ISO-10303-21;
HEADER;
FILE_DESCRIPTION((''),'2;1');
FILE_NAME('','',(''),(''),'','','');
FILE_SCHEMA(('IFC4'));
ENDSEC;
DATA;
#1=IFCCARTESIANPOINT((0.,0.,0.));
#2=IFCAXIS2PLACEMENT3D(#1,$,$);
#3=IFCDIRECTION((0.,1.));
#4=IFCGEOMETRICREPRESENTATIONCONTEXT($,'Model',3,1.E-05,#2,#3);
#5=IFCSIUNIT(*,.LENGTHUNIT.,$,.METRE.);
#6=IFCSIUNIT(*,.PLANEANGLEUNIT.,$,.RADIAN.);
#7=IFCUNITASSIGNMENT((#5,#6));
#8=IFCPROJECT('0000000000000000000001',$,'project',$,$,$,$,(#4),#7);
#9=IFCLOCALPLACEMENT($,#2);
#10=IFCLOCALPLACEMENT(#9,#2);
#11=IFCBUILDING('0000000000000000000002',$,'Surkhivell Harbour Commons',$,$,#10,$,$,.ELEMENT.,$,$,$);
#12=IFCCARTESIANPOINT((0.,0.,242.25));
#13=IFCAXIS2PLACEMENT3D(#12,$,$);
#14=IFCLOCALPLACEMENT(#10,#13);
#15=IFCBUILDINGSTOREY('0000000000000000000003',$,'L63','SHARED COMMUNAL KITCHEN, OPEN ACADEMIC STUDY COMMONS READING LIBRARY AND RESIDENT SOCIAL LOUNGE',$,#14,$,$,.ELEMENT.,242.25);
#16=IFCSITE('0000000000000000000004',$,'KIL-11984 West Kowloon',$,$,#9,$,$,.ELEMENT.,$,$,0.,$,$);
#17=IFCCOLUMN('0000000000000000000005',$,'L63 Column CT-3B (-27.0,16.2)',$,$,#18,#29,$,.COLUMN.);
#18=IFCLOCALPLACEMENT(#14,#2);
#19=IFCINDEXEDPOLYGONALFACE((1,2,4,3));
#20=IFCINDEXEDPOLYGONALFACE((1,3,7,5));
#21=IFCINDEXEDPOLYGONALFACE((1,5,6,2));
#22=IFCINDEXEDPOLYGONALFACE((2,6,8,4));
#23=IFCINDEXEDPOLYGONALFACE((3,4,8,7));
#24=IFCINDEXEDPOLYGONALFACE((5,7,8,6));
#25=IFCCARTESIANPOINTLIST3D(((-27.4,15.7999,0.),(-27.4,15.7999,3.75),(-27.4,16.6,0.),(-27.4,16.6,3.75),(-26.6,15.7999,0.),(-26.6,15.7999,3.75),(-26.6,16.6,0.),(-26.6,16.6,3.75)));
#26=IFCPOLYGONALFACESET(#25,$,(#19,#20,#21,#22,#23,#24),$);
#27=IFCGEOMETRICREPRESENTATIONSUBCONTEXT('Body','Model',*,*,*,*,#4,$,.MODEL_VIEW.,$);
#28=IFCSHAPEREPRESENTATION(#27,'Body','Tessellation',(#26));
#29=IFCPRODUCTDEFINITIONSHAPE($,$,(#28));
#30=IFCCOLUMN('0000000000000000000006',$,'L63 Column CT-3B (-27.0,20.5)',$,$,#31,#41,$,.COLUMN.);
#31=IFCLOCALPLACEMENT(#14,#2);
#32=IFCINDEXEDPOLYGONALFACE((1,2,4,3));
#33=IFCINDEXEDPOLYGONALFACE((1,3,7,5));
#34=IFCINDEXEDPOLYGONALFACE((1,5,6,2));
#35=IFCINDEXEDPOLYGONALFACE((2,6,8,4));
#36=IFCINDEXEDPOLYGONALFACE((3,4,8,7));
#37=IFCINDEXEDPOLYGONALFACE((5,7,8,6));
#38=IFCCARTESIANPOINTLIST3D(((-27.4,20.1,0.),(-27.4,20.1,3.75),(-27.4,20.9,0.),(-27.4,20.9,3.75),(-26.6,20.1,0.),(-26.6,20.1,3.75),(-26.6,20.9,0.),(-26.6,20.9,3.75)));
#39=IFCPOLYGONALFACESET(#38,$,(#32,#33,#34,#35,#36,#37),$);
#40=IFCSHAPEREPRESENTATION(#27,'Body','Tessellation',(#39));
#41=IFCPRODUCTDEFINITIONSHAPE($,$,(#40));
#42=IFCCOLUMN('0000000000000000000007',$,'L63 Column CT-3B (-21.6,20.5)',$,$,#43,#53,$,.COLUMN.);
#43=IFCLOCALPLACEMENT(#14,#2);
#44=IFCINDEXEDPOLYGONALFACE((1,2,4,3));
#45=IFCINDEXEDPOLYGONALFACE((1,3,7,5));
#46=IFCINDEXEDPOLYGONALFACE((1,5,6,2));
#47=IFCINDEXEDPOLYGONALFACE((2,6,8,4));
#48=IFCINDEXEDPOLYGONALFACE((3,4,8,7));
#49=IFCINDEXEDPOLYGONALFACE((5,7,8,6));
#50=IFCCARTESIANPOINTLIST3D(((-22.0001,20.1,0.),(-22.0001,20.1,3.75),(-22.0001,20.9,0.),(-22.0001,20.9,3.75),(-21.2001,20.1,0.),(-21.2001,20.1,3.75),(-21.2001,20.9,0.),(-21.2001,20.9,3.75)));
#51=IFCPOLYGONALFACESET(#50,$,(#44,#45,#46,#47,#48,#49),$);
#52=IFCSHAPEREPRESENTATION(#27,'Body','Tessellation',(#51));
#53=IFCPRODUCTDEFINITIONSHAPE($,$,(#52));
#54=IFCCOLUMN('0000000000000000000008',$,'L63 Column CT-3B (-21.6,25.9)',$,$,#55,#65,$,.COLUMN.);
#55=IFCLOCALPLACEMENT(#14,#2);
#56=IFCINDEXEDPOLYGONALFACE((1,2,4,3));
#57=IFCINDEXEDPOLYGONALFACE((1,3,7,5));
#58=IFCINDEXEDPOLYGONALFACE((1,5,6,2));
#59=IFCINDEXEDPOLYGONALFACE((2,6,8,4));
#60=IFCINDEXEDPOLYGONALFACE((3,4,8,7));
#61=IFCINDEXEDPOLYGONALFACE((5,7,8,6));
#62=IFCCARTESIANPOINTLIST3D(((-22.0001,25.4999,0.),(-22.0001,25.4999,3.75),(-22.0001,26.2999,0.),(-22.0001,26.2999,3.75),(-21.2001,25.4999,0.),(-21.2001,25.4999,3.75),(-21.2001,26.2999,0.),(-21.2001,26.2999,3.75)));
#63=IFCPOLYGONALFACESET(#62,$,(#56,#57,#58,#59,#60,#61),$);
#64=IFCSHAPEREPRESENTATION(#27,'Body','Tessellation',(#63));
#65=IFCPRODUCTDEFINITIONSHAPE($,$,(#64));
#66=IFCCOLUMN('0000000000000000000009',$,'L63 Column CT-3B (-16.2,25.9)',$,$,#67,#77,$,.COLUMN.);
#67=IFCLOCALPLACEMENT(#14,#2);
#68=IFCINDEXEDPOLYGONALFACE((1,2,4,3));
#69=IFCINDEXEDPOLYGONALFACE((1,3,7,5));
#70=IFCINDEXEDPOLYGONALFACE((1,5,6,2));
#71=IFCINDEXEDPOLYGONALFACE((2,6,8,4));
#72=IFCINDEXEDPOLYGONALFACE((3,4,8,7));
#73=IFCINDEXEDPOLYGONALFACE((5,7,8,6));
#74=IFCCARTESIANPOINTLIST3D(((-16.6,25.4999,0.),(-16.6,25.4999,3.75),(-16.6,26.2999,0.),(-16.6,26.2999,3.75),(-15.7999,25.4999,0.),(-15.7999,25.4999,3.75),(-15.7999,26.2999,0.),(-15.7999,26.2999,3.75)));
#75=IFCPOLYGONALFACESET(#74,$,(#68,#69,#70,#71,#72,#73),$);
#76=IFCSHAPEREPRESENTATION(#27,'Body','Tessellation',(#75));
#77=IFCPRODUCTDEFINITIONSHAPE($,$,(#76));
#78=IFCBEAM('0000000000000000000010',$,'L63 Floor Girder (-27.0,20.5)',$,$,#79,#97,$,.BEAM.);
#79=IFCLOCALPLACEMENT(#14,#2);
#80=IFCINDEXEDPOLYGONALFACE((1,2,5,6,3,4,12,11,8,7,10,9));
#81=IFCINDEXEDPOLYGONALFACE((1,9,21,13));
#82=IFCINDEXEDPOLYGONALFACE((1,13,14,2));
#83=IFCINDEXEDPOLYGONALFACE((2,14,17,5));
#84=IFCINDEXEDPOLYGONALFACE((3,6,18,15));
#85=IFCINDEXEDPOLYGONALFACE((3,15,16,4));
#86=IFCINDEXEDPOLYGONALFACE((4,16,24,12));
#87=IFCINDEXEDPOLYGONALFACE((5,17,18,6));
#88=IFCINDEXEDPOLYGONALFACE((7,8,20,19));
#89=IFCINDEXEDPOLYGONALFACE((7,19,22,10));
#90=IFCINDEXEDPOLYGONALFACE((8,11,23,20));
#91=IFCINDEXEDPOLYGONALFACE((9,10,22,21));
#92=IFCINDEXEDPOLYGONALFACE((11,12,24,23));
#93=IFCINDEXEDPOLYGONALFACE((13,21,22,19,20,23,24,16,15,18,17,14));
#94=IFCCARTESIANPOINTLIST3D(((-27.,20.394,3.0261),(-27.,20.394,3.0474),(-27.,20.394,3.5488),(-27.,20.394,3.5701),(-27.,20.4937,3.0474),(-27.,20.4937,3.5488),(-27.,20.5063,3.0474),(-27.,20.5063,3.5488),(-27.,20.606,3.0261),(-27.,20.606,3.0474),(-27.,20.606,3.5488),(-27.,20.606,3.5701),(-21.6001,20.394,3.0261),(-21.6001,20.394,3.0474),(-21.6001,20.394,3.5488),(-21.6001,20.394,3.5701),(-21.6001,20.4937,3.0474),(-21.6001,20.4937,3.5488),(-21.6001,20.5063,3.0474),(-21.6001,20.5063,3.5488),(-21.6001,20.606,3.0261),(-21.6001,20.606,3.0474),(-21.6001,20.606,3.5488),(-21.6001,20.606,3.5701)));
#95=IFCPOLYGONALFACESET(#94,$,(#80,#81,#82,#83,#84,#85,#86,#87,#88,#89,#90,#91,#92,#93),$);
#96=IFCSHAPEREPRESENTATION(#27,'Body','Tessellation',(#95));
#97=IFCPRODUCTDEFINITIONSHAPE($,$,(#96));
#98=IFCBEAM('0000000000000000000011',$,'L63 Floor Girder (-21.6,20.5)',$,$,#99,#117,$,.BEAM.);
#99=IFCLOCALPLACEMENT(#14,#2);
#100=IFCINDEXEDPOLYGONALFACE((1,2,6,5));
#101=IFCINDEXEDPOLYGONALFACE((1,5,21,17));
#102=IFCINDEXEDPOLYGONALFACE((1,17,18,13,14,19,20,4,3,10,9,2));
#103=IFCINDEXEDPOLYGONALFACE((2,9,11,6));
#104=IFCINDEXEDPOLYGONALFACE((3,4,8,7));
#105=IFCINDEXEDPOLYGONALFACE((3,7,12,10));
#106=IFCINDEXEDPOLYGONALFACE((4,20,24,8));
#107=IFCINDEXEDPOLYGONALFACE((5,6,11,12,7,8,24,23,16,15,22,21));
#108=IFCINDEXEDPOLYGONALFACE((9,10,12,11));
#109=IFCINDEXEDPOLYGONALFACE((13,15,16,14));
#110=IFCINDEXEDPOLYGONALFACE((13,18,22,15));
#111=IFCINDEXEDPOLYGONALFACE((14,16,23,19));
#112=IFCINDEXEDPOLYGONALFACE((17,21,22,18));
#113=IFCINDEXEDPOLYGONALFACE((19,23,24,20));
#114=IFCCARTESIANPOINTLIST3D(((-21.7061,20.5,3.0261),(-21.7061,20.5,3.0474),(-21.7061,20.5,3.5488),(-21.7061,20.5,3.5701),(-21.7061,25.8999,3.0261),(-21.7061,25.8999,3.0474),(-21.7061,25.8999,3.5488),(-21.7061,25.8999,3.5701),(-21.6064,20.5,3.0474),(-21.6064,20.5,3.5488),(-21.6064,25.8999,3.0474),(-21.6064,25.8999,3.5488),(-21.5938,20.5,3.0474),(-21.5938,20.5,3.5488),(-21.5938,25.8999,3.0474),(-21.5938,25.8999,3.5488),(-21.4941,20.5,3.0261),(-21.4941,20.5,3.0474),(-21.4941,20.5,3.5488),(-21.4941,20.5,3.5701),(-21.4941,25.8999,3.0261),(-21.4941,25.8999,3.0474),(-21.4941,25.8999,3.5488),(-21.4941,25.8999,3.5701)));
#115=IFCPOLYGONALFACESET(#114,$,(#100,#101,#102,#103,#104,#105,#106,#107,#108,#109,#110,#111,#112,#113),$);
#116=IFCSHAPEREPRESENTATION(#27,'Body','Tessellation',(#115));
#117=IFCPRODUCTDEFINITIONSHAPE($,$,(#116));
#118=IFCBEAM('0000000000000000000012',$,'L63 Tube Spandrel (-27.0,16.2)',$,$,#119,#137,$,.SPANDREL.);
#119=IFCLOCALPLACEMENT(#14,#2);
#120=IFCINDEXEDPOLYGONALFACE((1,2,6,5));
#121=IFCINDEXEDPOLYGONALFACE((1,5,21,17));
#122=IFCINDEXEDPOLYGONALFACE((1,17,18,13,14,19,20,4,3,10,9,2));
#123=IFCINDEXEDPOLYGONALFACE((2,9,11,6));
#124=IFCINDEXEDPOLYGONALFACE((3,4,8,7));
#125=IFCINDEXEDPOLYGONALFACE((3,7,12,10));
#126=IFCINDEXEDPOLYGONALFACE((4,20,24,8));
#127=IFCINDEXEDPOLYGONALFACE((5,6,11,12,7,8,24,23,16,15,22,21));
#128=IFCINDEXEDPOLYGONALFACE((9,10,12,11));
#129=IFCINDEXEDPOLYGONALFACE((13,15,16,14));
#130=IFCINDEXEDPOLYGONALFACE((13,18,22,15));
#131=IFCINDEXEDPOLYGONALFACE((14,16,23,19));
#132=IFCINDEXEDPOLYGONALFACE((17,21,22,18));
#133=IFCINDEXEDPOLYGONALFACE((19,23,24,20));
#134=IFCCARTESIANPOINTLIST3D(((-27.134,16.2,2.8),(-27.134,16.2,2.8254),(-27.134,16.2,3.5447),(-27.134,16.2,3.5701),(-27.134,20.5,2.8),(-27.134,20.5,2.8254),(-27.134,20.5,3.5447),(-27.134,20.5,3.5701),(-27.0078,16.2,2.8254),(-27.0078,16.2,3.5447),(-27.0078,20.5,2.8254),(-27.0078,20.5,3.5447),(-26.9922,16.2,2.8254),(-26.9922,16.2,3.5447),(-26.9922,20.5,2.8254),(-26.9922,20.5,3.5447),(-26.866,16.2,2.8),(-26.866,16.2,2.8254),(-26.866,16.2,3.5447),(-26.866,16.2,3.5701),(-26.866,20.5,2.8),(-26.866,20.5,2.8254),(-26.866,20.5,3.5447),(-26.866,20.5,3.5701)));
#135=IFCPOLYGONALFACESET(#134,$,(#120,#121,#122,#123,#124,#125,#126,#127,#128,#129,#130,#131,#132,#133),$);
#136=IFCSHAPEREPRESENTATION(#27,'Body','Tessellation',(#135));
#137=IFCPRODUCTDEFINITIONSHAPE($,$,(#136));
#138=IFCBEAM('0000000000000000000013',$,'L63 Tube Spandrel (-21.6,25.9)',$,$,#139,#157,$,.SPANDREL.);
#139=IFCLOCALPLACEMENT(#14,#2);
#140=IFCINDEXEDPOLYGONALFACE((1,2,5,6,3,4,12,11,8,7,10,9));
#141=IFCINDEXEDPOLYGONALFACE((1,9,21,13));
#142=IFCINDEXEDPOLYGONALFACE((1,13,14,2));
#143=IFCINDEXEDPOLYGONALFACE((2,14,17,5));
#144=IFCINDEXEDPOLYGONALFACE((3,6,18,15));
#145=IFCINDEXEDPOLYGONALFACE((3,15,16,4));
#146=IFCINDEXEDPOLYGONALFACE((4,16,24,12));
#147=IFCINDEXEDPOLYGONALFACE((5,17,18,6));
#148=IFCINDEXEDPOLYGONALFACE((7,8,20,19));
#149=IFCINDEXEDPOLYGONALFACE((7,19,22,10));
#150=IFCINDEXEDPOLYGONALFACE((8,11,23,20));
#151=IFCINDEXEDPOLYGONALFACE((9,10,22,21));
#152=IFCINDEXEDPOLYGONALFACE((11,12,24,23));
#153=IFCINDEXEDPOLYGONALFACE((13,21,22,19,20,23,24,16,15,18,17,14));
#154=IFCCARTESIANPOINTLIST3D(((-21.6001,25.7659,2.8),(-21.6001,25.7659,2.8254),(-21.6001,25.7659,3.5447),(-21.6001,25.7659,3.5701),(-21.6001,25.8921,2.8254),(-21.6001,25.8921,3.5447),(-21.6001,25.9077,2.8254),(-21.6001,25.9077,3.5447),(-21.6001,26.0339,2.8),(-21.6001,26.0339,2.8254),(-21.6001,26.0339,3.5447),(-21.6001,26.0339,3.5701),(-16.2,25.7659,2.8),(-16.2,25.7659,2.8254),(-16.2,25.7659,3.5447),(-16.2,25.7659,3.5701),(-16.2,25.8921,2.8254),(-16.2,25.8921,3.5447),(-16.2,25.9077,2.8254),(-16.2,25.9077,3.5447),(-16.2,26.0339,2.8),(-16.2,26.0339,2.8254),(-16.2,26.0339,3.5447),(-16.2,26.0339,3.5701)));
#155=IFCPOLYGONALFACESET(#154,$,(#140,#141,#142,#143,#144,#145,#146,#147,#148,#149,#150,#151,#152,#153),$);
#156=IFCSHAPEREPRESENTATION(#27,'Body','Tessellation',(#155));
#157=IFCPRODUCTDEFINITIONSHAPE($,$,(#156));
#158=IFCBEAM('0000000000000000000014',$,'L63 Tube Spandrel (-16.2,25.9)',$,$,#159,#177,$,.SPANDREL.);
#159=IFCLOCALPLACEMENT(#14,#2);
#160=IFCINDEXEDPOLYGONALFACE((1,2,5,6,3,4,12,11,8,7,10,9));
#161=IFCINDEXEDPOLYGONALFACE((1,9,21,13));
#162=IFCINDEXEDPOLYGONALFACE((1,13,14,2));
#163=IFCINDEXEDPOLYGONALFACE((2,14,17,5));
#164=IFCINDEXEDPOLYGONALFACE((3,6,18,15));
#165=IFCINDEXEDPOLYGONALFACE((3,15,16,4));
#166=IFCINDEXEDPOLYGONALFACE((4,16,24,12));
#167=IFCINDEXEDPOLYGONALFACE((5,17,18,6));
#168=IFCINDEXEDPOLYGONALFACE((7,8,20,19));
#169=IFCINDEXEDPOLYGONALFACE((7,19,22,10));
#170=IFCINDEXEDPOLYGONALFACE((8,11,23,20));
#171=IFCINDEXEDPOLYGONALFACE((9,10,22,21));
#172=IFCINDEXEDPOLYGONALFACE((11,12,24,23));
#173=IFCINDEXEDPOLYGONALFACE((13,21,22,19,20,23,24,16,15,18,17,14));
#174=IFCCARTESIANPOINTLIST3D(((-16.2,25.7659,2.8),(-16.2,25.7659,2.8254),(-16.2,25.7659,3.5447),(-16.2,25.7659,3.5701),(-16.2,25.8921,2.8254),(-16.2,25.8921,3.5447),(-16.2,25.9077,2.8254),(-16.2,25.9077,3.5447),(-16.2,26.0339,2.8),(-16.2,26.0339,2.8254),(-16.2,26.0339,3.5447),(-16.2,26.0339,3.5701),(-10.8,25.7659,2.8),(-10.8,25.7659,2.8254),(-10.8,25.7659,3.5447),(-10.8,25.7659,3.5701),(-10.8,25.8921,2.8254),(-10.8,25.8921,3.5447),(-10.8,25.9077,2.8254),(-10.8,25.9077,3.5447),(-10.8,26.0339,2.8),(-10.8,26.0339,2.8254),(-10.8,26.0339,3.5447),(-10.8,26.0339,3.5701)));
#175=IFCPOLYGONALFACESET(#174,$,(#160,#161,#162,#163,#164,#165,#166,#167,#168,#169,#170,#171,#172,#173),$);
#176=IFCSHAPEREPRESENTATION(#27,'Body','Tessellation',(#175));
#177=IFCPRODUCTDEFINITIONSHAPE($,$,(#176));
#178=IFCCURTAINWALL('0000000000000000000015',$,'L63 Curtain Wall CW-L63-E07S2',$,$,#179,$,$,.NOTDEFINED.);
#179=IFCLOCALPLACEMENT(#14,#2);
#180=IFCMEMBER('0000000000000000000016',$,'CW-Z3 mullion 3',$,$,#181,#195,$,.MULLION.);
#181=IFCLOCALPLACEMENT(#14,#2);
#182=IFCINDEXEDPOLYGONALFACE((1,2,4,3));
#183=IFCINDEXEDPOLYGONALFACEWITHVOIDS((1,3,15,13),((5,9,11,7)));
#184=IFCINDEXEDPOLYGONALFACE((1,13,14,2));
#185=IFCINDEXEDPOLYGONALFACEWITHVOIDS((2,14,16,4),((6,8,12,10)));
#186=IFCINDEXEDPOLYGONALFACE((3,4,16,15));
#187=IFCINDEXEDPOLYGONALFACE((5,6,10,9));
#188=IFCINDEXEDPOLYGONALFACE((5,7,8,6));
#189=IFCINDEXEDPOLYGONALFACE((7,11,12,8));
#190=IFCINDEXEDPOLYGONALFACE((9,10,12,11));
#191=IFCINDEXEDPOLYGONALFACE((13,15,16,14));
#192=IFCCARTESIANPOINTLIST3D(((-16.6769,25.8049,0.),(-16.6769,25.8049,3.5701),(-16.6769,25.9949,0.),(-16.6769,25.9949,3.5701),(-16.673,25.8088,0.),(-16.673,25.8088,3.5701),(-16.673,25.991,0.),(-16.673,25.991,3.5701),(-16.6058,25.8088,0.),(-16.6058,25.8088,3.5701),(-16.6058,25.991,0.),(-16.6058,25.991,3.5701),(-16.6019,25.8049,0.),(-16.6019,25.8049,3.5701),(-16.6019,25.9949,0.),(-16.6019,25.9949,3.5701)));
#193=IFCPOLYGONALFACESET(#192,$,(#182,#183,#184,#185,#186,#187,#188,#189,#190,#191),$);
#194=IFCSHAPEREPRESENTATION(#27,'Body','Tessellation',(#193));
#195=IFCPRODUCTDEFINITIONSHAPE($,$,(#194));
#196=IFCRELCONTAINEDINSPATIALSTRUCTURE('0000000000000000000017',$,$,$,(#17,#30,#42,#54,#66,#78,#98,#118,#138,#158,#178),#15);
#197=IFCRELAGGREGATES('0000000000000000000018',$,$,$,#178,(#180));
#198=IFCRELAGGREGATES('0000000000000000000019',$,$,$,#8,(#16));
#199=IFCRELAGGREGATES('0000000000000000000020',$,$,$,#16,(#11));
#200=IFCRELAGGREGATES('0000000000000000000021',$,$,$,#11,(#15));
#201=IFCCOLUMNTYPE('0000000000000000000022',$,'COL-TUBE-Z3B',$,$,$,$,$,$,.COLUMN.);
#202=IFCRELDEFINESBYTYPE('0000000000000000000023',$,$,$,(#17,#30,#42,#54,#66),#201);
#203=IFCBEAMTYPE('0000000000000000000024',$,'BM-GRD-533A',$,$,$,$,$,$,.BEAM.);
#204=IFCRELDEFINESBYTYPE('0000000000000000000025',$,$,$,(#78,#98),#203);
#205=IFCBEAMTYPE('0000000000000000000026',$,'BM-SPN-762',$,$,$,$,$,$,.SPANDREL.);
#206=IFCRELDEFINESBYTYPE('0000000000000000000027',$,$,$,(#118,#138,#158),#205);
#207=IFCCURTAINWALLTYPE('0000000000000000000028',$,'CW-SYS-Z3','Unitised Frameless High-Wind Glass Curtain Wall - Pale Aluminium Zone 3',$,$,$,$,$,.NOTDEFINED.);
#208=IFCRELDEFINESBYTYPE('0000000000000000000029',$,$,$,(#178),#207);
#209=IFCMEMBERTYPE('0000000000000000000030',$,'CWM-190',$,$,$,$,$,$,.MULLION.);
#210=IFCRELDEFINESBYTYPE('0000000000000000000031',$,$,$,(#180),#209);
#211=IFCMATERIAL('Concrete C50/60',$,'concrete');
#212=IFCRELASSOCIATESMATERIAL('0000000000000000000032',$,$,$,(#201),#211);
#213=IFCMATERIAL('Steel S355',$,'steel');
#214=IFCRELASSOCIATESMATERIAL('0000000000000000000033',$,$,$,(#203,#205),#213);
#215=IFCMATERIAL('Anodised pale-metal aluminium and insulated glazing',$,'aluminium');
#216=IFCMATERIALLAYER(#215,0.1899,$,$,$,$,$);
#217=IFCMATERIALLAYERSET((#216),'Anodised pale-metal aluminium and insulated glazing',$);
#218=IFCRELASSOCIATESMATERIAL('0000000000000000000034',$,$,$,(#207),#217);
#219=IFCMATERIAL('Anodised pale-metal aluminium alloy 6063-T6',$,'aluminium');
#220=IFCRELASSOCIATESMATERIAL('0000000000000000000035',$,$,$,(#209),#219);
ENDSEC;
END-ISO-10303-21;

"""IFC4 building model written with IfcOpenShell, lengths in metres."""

from ifc_helpers import new_model, si_unit, direction, frame, origin, origin_2d, place, context, subcontext, project, spatial, rectangle, hollow_rectangle, i_section, extrude, material, layer, layer_set, material_profile, profile_set, type_object, element, aggregate, save


model = new_model("IFC4")

# Units and contexts
model_context = context("Model", 3, precision=1e-05, world=origin(), true_north=direction((0.0, 1.0)))
body_context = subcontext(model_context, "Body", "Model", "MODEL_VIEW")
ifc_project = project(units=[si_unit("LENGTHUNIT", "METRE"), si_unit("PLANEANGLEUNIT", "RADIAN")], contexts=[model_context])

# Site, building, storey
site_placement = place(None, origin())
site = spatial("IfcSite", under=ifc_project, at=site_placement, Name="KIL-11984 West Kowloon", CompositionType="ELEMENT", RefElevation=0.0)
building_placement = place(site_placement, origin())
building = spatial("IfcBuilding", under=site, at=building_placement, Name="Surkhivell Harbour Commons", CompositionType="ELEMENT")
storey_placement = place(building_placement, frame((0.0, 0.0, 242.25)))
storey = spatial("IfcBuildingStorey", under=building, at=storey_placement, Name="L63", Description="SHARED COMMUNAL KITCHEN, OPEN ACADEMIC STUDY COMMONS READING LIBRARY AND RESIDENT SOCIAL LOUNGE", CompositionType="ELEMENT", Elevation=242.25)

# Columns
ifc_material_1 = material(Name="Concrete C50/60", Category="concrete")
ifc_material_profile_1 = material_profile(ifc_material_1, rectangle(XDim=0.8, YDim=0.8, at=origin_2d()), Name="RC-COL-800x800")
ifc_profile_set_1 = profile_set([ifc_material_profile_1], Name="Concrete C50/60")
column_type = type_object("IfcColumnType", Name="COL-TUBE-Z3B", PredefinedType="COLUMN", material=ifc_profile_set_1)
for number, where, z_axis, x_axis, name in (
    (1, (-27.0, 16.2, 0.0), (0.0, 0.0, 1.0), (1.0, 0.0, 0.0), "L63 Column CT-3B (-27.0,16.2)"),
    (2, (-27.0, 20.5, 0.0), (0.0, 0.0, 1.0), (1.0, 0.0, 0.0), "L63 Column CT-3B (-27.0,20.5)"),
    (3, (-21.6001, 20.5, 0.0), (0.0, 0.0, 1.0), (1.0, 0.0, 0.0), "L63 Column CT-3B (-21.6,20.5)"),
    (4, (-21.6001, 25.8999, 0.0), (0.0, 0.0, 1.0), (1.0, 0.0, 0.0), "L63 Column CT-3B (-21.6,25.9)"),
    (5, (-16.2, 25.8999, 0.0), (0.0, 0.0, 1.0), (1.0, 0.0, 0.0), "L63 Column CT-3B (-16.2,25.9)"),
):
    element("IfcColumn", number, at=place(storey_placement, frame(where, z_axis=z_axis, x_axis=x_axis)), inside=storey, type_object=column_type, Name=name, PredefinedType="COLUMN", context=body_context, shape_type="SweptSolid", body=[
        extrude(rectangle(XDim=0.8, YDim=0.8, at=origin_2d()), origin(), (0.0, 0.0, 1.0), 3.75),
    ])

# Beams
ifc_material_2 = material(Name="Steel S355", Category="steel")
ifc_material_profile_2 = material_profile(ifc_material_2, i_section(OverallWidth=0.2119, OverallDepth=0.5439, WebThickness=0.0127, FlangeThickness=0.0212, at=origin_2d()), Name="UB533x210x122")
ifc_profile_set_2 = profile_set([ifc_material_profile_2], Name="Steel S355")
beam_type_1 = type_object("IfcBeamType", Name="BM-GRD-533A", PredefinedType="BEAM", material=ifc_profile_set_2)
for number, where, z_axis, x_axis, name in (
    (6, (-27.0, 20.5, 3.2981), (1.0, 0.0, 0.0), (0.0, 1.0, 0.0), "L63 Floor Girder (-27.0,20.5)"),
    (7, (-21.6001, 20.5, 3.2981), (0.0, 1.0, 0.0), (-1.0, 0.0, 0.0), "L63 Floor Girder (-21.6,20.5)"),
):
    element("IfcBeam", number, at=place(storey_placement, frame(where, z_axis=z_axis, x_axis=x_axis)), inside=storey, type_object=beam_type_1, Name=name, PredefinedType="BEAM", context=body_context, shape_type="SweptSolid", body=[
        extrude(i_section(OverallWidth=0.2119, OverallDepth=0.5439, WebThickness=0.0127, FlangeThickness=0.0212, at=origin_2d()), origin(), (0.0, 0.0, 1.0), 5.3999),
    ])
ifc_material_profile_3 = material_profile(ifc_material_2, i_section(OverallWidth=0.2681, OverallDepth=0.77, WebThickness=0.0156, FlangeThickness=0.0254, at=origin_2d()), Name="UB762x267x197")
ifc_profile_set_3 = profile_set([ifc_material_profile_3], Name="Steel S355")
beam_type_2 = type_object("IfcBeamType", Name="BM-SPN-762", PredefinedType="SPANDREL", material=ifc_profile_set_3)
beam_1_placement = place(storey_placement, frame((-27.0, 16.2, 3.1851), z_axis=(0.0, 1.0, 0.0), x_axis=(-1.0, 0.0, 0.0)))
element("IfcBeam", 8, at=beam_1_placement, inside=storey, type_object=beam_type_2, Name="L63 Tube Spandrel (-27.0,16.2)", PredefinedType="SPANDREL", context=body_context, shape_type="SweptSolid", body=[
    extrude(i_section(OverallWidth=0.2681, OverallDepth=0.77, WebThickness=0.0156, FlangeThickness=0.0254, at=origin_2d()), origin(), (0.0, 0.0, 1.0), 4.3),
])
beam_2_placement = place(storey_placement, frame((-21.6001, 25.8999, 3.1851), z_axis=(1.0, 0.0, 0.0), x_axis=(0.0, 1.0, 0.0)))
element("IfcBeam", 9, at=beam_2_placement, inside=storey, type_object=beam_type_2, Name="L63 Tube Spandrel (-21.6,25.9)", PredefinedType="SPANDREL", context=body_context, shape_type="SweptSolid", body=[
    extrude(i_section(OverallWidth=0.2681, OverallDepth=0.77, WebThickness=0.0156, FlangeThickness=0.0254, at=origin_2d()), origin(), (0.0, 0.0, 1.0), 5.4001),
])
beam_3_placement = place(storey_placement, frame((-16.2, 25.8999, 3.1851), z_axis=(1.0, 0.0, 0.0), x_axis=(0.0, 1.0, 0.0)))
element("IfcBeam", 10, at=beam_3_placement, inside=storey, type_object=beam_type_2, Name="L63 Tube Spandrel (-16.2,25.9)", PredefinedType="SPANDREL", context=body_context, shape_type="SweptSolid", body=[
    extrude(i_section(OverallWidth=0.2681, OverallDepth=0.77, WebThickness=0.0156, FlangeThickness=0.0254, at=origin_2d()), origin(), (0.0, 0.0, 1.0), 5.3999),
])

# Curtain wall, member
ifc_material_3 = material(Name="Anodised pale-metal aluminium and insulated glazing", Category="aluminium")
ifc_layer_1 = layer(ifc_material_3, 0.1899)
ifc_layer_set_1 = layer_set([ifc_layer_1], Name="Anodised pale-metal aluminium and insulated glazing")
curtain_wall_type = type_object("IfcCurtainWallType", Name="CW-SYS-Z3", Description="Unitised Frameless High-Wind Glass Curtain Wall - Pale Aluminium Zone 3", PredefinedType="NOTDEFINED", material=ifc_layer_set_1)
curtain_wall_1_placement = place(storey_placement, origin())
curtain_wall_1 = element("IfcCurtainWall", 11, at=curtain_wall_1_placement, inside=storey, type_object=curtain_wall_type, Name="L63 Curtain Wall CW-L63-E07S2", PredefinedType="NOTDEFINED")
ifc_material_4 = material(Name="Anodised pale-metal aluminium alloy 6063-T6", Category="aluminium")
ifc_material_profile_4 = material_profile(ifc_material_4, hollow_rectangle(XDim=0.075, YDim=0.1899, WallThickness=0.0039, at=origin_2d()), Name="ALU-MULL-75x190")
ifc_profile_set_4 = profile_set([ifc_material_profile_4], Name="Anodised pale-metal aluminium alloy 6063-T6")
member_type_1 = type_object("IfcMemberType", Name="CWM-190", PredefinedType="MULLION", material=ifc_profile_set_4)
member_1_placement = place(storey_placement, frame((-16.6394, 25.8999, 0.0), z_axis=(0.0, 0.0, 1.0), x_axis=(-1.0, 0.0, 0.0)))
member_1 = element("IfcMember", 12, at=member_1_placement, type_object=member_type_1, Name="CW-Z3 mullion 3", PredefinedType="MULLION", context=body_context, shape_type="SweptSolid", body=[
    extrude(hollow_rectangle(XDim=0.075, YDim=0.1899, WallThickness=0.0039, at=origin_2d()), origin(), (0.0, 0.0, 1.0), 3.5701),
])

aggregate(curtain_wall_1, [member_1])

save(model, "model.ifc")
